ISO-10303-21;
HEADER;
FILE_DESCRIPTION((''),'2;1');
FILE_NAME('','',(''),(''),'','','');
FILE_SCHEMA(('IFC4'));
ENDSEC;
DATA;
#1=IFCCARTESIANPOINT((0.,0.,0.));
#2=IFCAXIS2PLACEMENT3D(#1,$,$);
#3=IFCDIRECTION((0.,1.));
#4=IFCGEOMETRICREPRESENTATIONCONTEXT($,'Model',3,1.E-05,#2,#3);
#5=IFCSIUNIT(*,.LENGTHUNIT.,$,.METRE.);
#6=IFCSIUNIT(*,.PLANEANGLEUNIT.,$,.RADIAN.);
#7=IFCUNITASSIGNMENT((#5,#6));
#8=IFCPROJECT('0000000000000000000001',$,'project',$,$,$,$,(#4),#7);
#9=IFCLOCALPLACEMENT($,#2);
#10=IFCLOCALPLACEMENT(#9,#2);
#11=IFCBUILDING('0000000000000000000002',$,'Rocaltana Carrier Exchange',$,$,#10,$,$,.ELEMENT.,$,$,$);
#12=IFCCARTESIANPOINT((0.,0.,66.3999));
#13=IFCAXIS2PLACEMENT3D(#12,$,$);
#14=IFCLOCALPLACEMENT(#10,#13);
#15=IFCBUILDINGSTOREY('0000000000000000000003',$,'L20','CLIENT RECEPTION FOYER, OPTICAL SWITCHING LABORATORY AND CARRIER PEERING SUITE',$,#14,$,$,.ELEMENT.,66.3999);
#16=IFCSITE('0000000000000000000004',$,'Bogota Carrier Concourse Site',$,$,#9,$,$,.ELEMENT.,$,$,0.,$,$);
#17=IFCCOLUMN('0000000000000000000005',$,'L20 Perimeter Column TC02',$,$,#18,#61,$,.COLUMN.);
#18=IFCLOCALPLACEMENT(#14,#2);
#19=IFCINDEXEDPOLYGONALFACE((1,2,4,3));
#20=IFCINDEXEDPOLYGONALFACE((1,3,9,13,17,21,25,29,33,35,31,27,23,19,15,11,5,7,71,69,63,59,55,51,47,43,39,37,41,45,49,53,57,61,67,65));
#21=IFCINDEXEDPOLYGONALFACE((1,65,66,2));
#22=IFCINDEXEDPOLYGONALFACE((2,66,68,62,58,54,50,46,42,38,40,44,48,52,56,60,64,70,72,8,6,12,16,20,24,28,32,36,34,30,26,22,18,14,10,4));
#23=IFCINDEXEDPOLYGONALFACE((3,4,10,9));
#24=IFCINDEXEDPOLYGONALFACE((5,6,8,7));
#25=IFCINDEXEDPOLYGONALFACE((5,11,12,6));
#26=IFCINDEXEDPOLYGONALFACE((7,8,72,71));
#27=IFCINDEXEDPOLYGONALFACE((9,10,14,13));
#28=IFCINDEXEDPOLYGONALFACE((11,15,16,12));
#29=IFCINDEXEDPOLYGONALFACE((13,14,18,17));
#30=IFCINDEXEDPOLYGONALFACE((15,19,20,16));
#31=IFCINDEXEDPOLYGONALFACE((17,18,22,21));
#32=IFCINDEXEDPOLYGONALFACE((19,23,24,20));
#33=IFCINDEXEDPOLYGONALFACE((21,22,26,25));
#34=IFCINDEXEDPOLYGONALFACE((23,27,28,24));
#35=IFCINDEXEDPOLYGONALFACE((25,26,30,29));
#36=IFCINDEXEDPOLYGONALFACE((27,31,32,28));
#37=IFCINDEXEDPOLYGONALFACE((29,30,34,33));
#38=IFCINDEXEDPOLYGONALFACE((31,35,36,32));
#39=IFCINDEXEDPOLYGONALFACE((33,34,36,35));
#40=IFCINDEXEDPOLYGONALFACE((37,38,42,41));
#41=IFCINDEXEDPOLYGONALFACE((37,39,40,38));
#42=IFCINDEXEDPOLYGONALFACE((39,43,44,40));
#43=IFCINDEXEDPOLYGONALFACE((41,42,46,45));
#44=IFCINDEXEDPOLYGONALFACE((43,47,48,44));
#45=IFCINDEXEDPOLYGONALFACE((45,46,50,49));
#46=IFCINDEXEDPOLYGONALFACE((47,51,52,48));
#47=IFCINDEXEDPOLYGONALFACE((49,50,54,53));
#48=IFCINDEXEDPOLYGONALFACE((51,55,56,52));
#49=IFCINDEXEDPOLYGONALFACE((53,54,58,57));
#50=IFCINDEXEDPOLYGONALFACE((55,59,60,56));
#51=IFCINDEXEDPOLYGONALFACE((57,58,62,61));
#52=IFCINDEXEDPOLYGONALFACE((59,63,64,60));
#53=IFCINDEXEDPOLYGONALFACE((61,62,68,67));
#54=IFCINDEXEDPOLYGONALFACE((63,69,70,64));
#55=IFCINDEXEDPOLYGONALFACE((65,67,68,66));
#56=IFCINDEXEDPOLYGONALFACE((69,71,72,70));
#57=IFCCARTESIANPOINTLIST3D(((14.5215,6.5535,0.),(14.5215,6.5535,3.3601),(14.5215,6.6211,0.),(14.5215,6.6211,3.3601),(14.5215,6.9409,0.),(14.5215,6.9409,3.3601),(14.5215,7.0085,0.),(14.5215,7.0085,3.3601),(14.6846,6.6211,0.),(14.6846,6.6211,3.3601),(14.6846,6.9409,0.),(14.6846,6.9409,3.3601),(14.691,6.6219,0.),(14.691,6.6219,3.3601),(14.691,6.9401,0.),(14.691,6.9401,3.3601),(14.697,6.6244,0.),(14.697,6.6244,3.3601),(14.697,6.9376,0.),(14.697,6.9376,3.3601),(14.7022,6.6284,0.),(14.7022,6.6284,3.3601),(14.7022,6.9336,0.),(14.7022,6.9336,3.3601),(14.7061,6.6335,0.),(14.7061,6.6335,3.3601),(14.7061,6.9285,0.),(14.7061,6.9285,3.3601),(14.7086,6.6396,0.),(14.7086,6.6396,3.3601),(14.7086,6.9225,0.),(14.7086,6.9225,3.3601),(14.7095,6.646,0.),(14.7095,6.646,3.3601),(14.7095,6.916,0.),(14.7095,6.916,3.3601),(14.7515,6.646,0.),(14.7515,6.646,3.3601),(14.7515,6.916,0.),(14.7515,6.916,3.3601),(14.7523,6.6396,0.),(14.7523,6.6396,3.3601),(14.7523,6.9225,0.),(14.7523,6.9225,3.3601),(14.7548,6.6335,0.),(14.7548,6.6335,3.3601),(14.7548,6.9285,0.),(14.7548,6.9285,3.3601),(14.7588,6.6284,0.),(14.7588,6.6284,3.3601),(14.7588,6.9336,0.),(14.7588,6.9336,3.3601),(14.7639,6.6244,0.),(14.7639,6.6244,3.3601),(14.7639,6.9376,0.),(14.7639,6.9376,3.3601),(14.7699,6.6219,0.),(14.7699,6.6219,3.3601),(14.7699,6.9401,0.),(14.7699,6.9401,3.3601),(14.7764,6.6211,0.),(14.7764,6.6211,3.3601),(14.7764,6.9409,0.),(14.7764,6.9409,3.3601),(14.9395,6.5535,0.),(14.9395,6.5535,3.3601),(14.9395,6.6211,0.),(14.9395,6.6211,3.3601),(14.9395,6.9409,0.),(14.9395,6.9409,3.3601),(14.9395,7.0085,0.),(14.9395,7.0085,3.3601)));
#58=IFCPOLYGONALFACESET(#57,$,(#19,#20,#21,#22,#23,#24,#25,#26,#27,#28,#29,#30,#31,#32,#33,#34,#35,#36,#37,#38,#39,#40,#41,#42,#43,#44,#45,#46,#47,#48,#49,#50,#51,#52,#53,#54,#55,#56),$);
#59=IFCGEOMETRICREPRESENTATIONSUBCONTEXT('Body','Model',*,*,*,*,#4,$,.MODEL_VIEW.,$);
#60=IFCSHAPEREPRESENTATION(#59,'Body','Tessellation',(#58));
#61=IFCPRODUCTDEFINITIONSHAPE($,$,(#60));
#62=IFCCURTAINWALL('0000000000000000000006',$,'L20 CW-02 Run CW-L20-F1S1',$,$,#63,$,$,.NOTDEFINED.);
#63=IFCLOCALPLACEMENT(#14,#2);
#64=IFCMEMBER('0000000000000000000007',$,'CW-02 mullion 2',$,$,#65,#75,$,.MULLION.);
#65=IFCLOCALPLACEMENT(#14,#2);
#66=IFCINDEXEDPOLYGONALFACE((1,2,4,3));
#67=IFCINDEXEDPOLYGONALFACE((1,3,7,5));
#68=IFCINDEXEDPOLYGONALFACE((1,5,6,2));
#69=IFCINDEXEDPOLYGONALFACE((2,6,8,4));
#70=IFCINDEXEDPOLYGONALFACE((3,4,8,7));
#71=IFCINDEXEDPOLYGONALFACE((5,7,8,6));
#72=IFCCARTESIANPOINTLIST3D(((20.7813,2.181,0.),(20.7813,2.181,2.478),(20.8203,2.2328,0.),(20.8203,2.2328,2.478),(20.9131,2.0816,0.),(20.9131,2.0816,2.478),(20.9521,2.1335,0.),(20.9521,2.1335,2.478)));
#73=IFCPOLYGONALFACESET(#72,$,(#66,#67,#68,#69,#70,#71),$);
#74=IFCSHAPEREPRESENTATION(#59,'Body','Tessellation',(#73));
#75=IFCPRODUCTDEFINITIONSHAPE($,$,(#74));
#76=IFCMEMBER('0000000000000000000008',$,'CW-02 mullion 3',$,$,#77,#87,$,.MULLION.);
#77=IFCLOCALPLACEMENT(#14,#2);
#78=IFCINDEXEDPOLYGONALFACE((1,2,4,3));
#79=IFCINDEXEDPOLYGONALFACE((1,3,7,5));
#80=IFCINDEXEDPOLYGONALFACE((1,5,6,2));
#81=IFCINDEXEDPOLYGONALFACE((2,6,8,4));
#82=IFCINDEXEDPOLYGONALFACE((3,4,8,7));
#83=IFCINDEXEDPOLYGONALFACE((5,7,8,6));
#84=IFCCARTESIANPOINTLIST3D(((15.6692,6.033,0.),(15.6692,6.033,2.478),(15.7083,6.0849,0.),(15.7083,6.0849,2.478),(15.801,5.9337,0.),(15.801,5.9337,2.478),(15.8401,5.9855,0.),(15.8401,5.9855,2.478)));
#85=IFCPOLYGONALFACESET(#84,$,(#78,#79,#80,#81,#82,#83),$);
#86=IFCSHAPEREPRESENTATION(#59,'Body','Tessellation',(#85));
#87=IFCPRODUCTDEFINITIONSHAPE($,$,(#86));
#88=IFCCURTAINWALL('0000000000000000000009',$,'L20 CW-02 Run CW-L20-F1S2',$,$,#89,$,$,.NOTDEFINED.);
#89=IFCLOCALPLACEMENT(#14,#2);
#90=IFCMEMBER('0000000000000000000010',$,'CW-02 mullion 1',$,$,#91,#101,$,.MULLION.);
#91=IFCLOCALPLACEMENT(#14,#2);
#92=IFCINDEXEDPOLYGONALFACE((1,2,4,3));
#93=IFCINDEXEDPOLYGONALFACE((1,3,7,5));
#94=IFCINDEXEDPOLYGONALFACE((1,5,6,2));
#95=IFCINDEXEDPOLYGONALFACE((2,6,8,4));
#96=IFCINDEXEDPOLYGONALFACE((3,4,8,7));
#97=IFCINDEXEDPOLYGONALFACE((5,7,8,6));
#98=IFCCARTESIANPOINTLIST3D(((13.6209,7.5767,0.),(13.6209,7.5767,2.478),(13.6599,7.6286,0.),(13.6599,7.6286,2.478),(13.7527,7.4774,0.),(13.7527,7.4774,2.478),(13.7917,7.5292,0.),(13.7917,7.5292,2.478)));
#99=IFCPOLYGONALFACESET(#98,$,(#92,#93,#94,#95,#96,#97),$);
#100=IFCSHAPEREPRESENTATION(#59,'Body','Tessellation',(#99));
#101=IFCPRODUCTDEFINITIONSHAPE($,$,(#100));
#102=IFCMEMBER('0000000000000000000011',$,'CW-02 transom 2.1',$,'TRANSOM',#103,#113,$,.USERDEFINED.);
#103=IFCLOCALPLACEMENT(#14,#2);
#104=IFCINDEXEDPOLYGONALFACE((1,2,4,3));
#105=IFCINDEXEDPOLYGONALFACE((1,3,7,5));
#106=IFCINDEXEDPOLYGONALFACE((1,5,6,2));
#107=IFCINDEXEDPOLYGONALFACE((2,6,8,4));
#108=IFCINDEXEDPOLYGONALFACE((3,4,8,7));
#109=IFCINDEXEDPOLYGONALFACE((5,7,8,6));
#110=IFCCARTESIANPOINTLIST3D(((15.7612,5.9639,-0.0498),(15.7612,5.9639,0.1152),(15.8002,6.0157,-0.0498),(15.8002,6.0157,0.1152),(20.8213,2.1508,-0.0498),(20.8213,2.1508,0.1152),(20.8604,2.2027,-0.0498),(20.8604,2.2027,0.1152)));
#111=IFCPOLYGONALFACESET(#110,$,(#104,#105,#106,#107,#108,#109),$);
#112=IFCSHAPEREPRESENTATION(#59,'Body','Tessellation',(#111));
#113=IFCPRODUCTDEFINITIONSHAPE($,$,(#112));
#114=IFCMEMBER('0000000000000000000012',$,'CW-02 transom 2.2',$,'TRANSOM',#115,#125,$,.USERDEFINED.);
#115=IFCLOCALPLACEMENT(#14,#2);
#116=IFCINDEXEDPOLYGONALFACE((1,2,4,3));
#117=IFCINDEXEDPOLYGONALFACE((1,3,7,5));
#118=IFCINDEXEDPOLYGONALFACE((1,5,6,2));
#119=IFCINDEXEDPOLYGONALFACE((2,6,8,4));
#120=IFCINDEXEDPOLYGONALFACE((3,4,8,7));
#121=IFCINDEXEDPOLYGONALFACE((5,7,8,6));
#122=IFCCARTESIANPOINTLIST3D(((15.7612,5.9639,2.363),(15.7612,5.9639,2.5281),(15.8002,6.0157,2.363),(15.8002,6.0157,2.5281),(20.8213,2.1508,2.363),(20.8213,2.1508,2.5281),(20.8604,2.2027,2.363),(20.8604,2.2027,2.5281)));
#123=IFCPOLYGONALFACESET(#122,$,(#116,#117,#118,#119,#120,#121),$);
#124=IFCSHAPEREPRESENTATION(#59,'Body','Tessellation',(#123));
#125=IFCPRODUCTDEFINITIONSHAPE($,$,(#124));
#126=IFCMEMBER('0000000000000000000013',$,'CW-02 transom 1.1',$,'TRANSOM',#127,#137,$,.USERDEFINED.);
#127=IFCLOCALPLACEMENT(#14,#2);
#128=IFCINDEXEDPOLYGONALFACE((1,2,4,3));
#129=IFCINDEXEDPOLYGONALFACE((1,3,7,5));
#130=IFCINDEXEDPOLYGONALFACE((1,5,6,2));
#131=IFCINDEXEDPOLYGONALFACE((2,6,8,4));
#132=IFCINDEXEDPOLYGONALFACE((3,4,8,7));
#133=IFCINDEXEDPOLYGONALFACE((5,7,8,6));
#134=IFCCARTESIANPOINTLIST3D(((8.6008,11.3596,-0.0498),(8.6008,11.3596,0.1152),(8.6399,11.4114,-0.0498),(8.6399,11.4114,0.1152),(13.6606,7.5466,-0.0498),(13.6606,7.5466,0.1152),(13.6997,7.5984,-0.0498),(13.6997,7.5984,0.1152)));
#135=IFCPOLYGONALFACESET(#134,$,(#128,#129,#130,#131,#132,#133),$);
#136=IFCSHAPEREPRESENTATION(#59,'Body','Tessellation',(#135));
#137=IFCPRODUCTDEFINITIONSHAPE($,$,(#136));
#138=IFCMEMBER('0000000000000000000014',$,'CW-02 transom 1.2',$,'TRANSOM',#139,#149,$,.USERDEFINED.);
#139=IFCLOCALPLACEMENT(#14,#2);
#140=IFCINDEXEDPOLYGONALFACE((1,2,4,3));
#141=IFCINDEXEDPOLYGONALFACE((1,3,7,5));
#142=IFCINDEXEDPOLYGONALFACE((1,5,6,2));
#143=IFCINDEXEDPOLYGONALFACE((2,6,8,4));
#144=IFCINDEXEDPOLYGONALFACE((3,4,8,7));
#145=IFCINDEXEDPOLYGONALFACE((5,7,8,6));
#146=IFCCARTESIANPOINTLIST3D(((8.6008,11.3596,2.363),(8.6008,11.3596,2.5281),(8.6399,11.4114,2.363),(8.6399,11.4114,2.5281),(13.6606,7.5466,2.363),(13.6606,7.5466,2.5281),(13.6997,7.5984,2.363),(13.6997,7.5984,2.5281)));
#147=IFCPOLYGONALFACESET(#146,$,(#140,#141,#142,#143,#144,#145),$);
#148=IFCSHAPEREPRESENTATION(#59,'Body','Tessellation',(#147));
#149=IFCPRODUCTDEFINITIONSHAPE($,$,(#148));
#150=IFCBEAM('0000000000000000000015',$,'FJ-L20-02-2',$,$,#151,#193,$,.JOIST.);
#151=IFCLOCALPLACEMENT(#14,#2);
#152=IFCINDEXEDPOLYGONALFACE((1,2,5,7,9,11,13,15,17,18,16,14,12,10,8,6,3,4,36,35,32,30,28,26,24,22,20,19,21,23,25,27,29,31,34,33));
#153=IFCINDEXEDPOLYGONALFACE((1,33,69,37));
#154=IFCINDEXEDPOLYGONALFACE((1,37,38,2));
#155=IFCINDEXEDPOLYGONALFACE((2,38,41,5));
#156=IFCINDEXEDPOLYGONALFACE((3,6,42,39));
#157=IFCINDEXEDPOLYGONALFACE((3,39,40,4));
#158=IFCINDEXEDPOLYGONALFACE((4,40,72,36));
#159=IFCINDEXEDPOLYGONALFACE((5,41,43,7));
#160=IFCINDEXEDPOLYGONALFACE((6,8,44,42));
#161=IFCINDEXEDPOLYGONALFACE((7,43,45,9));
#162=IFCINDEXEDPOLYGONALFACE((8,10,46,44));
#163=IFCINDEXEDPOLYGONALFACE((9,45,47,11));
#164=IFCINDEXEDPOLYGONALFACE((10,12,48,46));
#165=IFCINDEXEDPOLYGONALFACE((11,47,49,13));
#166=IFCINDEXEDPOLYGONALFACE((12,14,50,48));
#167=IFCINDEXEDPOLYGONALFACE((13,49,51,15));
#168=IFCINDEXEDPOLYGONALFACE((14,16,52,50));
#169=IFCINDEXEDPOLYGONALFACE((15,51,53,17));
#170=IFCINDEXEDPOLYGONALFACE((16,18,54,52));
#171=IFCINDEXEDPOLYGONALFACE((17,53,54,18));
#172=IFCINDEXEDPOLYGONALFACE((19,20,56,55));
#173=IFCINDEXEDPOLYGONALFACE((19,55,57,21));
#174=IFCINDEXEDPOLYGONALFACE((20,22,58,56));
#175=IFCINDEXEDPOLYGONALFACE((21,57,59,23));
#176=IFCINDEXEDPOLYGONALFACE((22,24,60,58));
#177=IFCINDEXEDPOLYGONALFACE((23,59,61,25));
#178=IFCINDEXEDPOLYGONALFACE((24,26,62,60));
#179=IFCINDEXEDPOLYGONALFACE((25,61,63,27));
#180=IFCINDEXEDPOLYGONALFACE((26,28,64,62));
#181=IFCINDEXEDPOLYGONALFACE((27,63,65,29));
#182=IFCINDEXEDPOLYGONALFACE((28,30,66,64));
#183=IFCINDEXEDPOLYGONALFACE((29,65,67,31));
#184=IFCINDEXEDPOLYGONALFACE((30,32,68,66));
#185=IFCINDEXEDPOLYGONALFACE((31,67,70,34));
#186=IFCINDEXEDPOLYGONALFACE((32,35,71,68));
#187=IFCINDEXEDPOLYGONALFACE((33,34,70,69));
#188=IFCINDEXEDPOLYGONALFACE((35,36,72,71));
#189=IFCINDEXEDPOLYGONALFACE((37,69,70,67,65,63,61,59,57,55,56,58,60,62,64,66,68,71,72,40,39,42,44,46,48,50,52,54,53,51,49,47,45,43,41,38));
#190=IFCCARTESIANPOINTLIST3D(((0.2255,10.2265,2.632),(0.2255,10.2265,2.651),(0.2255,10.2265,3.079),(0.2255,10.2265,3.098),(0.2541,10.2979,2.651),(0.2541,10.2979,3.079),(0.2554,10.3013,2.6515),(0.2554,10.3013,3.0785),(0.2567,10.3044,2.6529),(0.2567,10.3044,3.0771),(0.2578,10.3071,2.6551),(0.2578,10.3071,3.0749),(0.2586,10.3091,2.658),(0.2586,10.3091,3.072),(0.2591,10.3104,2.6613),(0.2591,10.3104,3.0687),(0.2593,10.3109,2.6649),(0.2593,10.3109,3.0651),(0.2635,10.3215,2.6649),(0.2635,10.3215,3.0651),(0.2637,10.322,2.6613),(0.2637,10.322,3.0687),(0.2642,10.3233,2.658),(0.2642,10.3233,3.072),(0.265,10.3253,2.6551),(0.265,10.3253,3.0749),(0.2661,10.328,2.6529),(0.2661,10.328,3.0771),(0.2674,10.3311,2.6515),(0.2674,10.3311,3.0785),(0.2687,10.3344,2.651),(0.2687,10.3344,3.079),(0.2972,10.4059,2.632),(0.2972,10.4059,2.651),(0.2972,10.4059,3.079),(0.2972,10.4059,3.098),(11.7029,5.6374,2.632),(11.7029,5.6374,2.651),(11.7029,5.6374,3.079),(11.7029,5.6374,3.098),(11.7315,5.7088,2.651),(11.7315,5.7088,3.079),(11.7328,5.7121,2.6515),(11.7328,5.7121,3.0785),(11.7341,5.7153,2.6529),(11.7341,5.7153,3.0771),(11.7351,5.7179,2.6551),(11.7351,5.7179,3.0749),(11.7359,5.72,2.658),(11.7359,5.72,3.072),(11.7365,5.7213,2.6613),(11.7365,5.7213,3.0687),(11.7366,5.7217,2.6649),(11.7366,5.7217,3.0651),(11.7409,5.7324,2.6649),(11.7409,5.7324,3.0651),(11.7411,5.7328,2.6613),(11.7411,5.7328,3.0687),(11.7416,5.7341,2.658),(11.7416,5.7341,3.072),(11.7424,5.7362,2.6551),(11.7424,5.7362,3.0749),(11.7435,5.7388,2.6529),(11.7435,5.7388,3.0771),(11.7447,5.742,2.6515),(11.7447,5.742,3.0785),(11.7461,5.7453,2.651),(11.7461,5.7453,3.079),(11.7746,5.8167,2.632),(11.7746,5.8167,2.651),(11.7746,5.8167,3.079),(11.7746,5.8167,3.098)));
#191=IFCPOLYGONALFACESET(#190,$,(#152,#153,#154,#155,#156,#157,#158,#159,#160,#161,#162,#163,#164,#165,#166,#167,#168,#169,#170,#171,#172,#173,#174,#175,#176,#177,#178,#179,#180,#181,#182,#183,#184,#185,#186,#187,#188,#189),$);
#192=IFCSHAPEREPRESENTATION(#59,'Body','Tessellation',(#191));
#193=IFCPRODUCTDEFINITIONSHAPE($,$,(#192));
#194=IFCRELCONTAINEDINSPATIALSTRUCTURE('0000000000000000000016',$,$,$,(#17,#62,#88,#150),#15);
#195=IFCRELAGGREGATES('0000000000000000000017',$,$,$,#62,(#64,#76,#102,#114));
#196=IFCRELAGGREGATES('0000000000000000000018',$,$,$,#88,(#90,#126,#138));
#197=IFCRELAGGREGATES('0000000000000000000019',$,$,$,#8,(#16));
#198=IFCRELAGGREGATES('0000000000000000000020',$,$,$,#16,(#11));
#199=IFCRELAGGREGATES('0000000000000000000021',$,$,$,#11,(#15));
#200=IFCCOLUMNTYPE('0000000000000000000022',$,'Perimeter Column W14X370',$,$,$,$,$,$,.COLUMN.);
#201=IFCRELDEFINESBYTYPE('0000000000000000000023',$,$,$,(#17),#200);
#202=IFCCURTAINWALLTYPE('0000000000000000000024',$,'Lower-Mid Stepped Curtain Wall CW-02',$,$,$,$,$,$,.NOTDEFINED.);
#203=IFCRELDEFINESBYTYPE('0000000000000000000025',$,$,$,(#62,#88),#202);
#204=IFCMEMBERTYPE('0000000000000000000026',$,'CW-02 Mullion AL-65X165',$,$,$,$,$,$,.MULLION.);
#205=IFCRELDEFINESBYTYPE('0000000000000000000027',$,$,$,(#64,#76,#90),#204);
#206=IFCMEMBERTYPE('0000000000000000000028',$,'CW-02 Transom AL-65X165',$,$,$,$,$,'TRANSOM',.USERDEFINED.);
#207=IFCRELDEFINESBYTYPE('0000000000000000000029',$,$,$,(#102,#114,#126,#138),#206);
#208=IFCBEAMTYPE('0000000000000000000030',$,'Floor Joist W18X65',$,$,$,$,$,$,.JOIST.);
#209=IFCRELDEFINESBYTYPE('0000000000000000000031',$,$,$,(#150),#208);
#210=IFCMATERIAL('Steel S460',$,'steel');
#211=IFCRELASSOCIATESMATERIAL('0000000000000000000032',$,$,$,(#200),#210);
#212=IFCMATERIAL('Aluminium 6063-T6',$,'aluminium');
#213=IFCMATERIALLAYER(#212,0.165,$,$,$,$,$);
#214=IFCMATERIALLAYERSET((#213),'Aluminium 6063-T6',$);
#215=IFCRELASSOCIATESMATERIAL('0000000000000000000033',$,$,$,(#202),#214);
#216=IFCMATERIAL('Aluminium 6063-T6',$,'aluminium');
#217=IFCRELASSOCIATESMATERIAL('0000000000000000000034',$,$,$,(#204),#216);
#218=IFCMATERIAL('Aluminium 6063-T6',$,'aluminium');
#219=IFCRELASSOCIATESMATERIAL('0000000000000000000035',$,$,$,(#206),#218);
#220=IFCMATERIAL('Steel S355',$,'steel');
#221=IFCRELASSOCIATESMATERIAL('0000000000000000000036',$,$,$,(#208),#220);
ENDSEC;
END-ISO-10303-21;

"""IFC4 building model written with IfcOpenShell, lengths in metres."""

from ifc_helpers import new_model, si_unit, direction, frame, origin, origin_2d, place, context, subcontext, project, spatial, rectangle, i_section, extrude, material, layer, layer_set, material_profile, profile_set, type_object, element, aggregate, save


model = new_model("IFC4")

# Units and contexts
model_context = context("Model", 3, precision=1e-05, world=origin(), true_north=direction((0.0, 1.0)))
body_context = subcontext(model_context, "Body", "Model", "MODEL_VIEW")
ifc_project = project(units=[si_unit("LENGTHUNIT", "METRE"), si_unit("PLANEANGLEUNIT", "RADIAN")], contexts=[model_context])

# Site, building, storey
site_placement = place(None, origin())
site = spatial("IfcSite", under=ifc_project, at=site_placement, Name="Bogota Carrier Concourse Site", CompositionType="ELEMENT", RefElevation=0.0)
building_placement = place(site_placement, origin())
building = spatial("IfcBuilding", under=site, at=building_placement, Name="Rocaltana Carrier Exchange", CompositionType="ELEMENT")
storey_placement = place(building_placement, frame((0.0, 0.0, 66.3999)))
storey = spatial("IfcBuildingStorey", under=building, at=storey_placement, Name="L20", Description="CLIENT RECEPTION FOYER, OPTICAL SWITCHING LABORATORY AND CARRIER PEERING SUITE", CompositionType="ELEMENT", Elevation=66.3999)

# Column
ifc_material_1 = material(Name="Steel S460", Category="steel")
ifc_material_profile_1 = material_profile(ifc_material_1, i_section(OverallWidth=0.418, OverallDepth=0.4551, WebThickness=0.042, FlangeThickness=0.0676, FilletRadius=0.0249, at=origin_2d()), Name="W14X370")
ifc_profile_set_1 = profile_set([ifc_material_profile_1], Name="Steel S460")
column_type = type_object("IfcColumnType", Name="Perimeter Column W14X370", PredefinedType="COLUMN", material=ifc_profile_set_1)
column_placement = place(storey_placement, frame((14.7305, 6.781, 0.0), z_axis=(0.0, 0.0, 1.0), x_axis=(1.0, 0.0, 0.0)))
element("IfcColumn", 1, at=column_placement, inside=storey, type_object=column_type, Name="L20 Perimeter Column TC02", PredefinedType="COLUMN", context=body_context, shape_type="SweptSolid", body=[
    extrude(i_section(OverallWidth=0.418, OverallDepth=0.4551, WebThickness=0.042, FlangeThickness=0.0676, FilletRadius=0.0249, at=origin_2d()), origin(), (0.0, 0.0, 1.0), 3.3601),
])

# Curtain wall, members
ifc_material_2 = material(Name="Aluminium 6063-T6", Category="aluminium")
ifc_layer_1 = layer(ifc_material_2, 0.165)
ifc_layer_set_1 = layer_set([ifc_layer_1], Name="Aluminium 6063-T6")
curtain_wall_type = type_object("IfcCurtainWallType", Name="Lower-Mid Stepped Curtain Wall CW-02", PredefinedType="NOTDEFINED", material=ifc_layer_set_1)
curtain_wall_1_placement = place(storey_placement, origin())
curtain_wall_1 = element("IfcCurtainWall", 2, at=curtain_wall_1_placement, inside=storey, type_object=curtain_wall_type, Name="L20 CW-02 Run CW-L20-F1S1", PredefinedType="NOTDEFINED")
ifc_material_3 = material(Name="Aluminium 6063-T6", Category="aluminium")
ifc_material_profile_2 = material_profile(ifc_material_3, rectangle(XDim=0.0649, YDim=0.165, at=origin_2d()), Name="AL-65X165")
ifc_profile_set_2 = profile_set([ifc_material_profile_2], Name="Aluminium 6063-T6")
member_type_1 = type_object("IfcMemberType", Name="CW-02 Mullion AL-65X165", PredefinedType="MULLION", material=ifc_profile_set_2)
member_1_placement = place(storey_placement, frame((20.8667, 2.1572, 0.0), z_axis=(0.0, 0.0, 1.0), x_axis=(-0.601807, -0.798642, 0.0)))
member_1 = element("IfcMember", 3, at=member_1_placement, type_object=member_type_1, Name="CW-02 mullion 2", PredefinedType="MULLION", context=body_context, shape_type="SweptSolid", body=[
    extrude(rectangle(XDim=0.0649, YDim=0.165, at=origin_2d()), origin(), (0.0, 0.0, 1.0), 2.478),
])
member_2_placement = place(storey_placement, frame((15.7546, 6.0093, 0.0), z_axis=(0.0, 0.0, 1.0), x_axis=(-0.601807, -0.798642, 0.0)))
member_2 = element("IfcMember", 4, at=member_2_placement, type_object=member_type_1, Name="CW-02 mullion 3", PredefinedType="MULLION", context=body_context, shape_type="SweptSolid", body=[
    extrude(rectangle(XDim=0.0649, YDim=0.165, at=origin_2d()), origin(), (0.0, 0.0, 1.0), 2.478),
])

# Curtain wall, member
curtain_wall_2_placement = place(storey_placement, origin())
curtain_wall_2 = element("IfcCurtainWall", 5, at=curtain_wall_2_placement, inside=storey, type_object=curtain_wall_type, Name="L20 CW-02 Run CW-L20-F1S2", PredefinedType="NOTDEFINED")
member_3_placement = place(storey_placement, frame((13.7063, 7.553, 0.0), z_axis=(0.0, 0.0, 1.0), x_axis=(-0.601815, -0.798635, 0.0)))
member_3 = element("IfcMember", 6, at=member_3_placement, type_object=member_type_1, Name="CW-02 mullion 1", PredefinedType="MULLION", context=body_context, shape_type="SweptSolid", body=[
    extrude(rectangle(XDim=0.0649, YDim=0.165, at=origin_2d()), origin(), (0.0, 0.0, 1.0), 2.478),
])

# Members
ifc_material_4 = material(Name="Aluminium 6063-T6", Category="aluminium")
ifc_material_profile_3 = material_profile(ifc_material_4, rectangle(XDim=0.0649, YDim=0.165, at=origin_2d()), Name="AL-65X165")
ifc_profile_set_3 = profile_set([ifc_material_profile_3], Name="Aluminium 6063-T6")
member_type_2 = type_object("IfcMemberType", Name="CW-02 Transom AL-65X165", ElementType="TRANSOM", PredefinedType="USERDEFINED", material=ifc_profile_set_3)
member_4_placement = place(storey_placement, frame((20.8408, 2.1768, 0.0327), z_axis=(-0.798638, 0.601811, 0.0), x_axis=(-0.601811, -0.798638, 0.0)))
member_4 = element("IfcMember", 7, at=member_4_placement, type_object=member_type_2, Name="CW-02 transom 2.1", ObjectType="TRANSOM", PredefinedType="USERDEFINED", context=body_context, shape_type="SweptSolid", body=[
    extrude(rectangle(XDim=0.0649, YDim=0.165, at=origin_2d()), origin(), (0.0, 0.0, 1.0), 6.3359),
])
member_5_placement = place(storey_placement, frame((20.8408, 2.1768, 2.4456), z_axis=(-0.798638, 0.601811, 0.0), x_axis=(-0.601811, -0.798638, 0.0)))
member_5 = element("IfcMember", 8, at=member_5_placement, type_object=member_type_2, Name="CW-02 transom 2.2", ObjectType="TRANSOM", PredefinedType="USERDEFINED", context=body_context, shape_type="SweptSolid", body=[
    extrude(rectangle(XDim=0.0649, YDim=0.165, at=origin_2d()), origin(), (0.0, 0.0, 1.0), 6.3359),
])
member_6_placement = place(storey_placement, frame((13.6802, 7.5725, 0.0327), z_axis=(-0.798625, 0.60183, 0.0), x_axis=(-0.60183, -0.798625, 0.0)))
member_6 = element("IfcMember", 9, at=member_6_placement, type_object=member_type_2, Name="CW-02 transom 1.1", ObjectType="TRANSOM", PredefinedType="USERDEFINED", context=body_context, shape_type="SweptSolid", body=[
    extrude(rectangle(XDim=0.0649, YDim=0.165, at=origin_2d()), origin(), (0.0, 0.0, 1.0), 6.3357),
])
member_7_placement = place(storey_placement, frame((13.6802, 7.5725, 2.4456), z_axis=(-0.798625, 0.60183, 0.0), x_axis=(-0.60183, -0.798625, 0.0)))
member_7 = element("IfcMember", 10, at=member_7_placement, type_object=member_type_2, Name="CW-02 transom 1.2", ObjectType="TRANSOM", PredefinedType="USERDEFINED", context=body_context, shape_type="SweptSolid", body=[
    extrude(rectangle(XDim=0.0649, YDim=0.165, at=origin_2d()), origin(), (0.0, 0.0, 1.0), 6.3357),
])

# Beam
ifc_material_5 = material(Name="Steel S355", Category="steel")
ifc_material_profile_4 = material_profile(ifc_material_5, i_section(OverallWidth=0.1931, OverallDepth=0.4661, WebThickness=0.0115, FlangeThickness=0.019, FilletRadius=0.0139, at=origin_2d()), Name="W18X65")
ifc_profile_set_4 = profile_set([ifc_material_profile_4], Name="Steel S355")
beam_type_1 = type_object("IfcBeamType", Name="Floor Joist W18X65", PredefinedType="JOIST", material=ifc_profile_set_4)
beam_1_placement = place(storey_placement, frame((11.7388, 5.7271, 2.865), z_axis=(-0.928527, 0.371265, 0.0), x_axis=(-0.371265, -0.928527, 0.0)))
element("IfcBeam", 11, at=beam_1_placement, inside=storey, type_object=beam_type_1, Name="FJ-L20-02-2", PredefinedType="JOIST", context=body_context, shape_type="SweptSolid", body=[
    extrude(i_section(OverallWidth=0.1931, OverallDepth=0.4661, WebThickness=0.0115, FlangeThickness=0.019, FilletRadius=0.0139, at=origin_2d()), origin(), (0.0, 0.0, 1.0), 12.3608),
])

aggregate(curtain_wall_1, [member_1, member_2, member_4, member_5])
aggregate(curtain_wall_2, [member_3, member_6, member_7])

save(model, "model.ifc")
